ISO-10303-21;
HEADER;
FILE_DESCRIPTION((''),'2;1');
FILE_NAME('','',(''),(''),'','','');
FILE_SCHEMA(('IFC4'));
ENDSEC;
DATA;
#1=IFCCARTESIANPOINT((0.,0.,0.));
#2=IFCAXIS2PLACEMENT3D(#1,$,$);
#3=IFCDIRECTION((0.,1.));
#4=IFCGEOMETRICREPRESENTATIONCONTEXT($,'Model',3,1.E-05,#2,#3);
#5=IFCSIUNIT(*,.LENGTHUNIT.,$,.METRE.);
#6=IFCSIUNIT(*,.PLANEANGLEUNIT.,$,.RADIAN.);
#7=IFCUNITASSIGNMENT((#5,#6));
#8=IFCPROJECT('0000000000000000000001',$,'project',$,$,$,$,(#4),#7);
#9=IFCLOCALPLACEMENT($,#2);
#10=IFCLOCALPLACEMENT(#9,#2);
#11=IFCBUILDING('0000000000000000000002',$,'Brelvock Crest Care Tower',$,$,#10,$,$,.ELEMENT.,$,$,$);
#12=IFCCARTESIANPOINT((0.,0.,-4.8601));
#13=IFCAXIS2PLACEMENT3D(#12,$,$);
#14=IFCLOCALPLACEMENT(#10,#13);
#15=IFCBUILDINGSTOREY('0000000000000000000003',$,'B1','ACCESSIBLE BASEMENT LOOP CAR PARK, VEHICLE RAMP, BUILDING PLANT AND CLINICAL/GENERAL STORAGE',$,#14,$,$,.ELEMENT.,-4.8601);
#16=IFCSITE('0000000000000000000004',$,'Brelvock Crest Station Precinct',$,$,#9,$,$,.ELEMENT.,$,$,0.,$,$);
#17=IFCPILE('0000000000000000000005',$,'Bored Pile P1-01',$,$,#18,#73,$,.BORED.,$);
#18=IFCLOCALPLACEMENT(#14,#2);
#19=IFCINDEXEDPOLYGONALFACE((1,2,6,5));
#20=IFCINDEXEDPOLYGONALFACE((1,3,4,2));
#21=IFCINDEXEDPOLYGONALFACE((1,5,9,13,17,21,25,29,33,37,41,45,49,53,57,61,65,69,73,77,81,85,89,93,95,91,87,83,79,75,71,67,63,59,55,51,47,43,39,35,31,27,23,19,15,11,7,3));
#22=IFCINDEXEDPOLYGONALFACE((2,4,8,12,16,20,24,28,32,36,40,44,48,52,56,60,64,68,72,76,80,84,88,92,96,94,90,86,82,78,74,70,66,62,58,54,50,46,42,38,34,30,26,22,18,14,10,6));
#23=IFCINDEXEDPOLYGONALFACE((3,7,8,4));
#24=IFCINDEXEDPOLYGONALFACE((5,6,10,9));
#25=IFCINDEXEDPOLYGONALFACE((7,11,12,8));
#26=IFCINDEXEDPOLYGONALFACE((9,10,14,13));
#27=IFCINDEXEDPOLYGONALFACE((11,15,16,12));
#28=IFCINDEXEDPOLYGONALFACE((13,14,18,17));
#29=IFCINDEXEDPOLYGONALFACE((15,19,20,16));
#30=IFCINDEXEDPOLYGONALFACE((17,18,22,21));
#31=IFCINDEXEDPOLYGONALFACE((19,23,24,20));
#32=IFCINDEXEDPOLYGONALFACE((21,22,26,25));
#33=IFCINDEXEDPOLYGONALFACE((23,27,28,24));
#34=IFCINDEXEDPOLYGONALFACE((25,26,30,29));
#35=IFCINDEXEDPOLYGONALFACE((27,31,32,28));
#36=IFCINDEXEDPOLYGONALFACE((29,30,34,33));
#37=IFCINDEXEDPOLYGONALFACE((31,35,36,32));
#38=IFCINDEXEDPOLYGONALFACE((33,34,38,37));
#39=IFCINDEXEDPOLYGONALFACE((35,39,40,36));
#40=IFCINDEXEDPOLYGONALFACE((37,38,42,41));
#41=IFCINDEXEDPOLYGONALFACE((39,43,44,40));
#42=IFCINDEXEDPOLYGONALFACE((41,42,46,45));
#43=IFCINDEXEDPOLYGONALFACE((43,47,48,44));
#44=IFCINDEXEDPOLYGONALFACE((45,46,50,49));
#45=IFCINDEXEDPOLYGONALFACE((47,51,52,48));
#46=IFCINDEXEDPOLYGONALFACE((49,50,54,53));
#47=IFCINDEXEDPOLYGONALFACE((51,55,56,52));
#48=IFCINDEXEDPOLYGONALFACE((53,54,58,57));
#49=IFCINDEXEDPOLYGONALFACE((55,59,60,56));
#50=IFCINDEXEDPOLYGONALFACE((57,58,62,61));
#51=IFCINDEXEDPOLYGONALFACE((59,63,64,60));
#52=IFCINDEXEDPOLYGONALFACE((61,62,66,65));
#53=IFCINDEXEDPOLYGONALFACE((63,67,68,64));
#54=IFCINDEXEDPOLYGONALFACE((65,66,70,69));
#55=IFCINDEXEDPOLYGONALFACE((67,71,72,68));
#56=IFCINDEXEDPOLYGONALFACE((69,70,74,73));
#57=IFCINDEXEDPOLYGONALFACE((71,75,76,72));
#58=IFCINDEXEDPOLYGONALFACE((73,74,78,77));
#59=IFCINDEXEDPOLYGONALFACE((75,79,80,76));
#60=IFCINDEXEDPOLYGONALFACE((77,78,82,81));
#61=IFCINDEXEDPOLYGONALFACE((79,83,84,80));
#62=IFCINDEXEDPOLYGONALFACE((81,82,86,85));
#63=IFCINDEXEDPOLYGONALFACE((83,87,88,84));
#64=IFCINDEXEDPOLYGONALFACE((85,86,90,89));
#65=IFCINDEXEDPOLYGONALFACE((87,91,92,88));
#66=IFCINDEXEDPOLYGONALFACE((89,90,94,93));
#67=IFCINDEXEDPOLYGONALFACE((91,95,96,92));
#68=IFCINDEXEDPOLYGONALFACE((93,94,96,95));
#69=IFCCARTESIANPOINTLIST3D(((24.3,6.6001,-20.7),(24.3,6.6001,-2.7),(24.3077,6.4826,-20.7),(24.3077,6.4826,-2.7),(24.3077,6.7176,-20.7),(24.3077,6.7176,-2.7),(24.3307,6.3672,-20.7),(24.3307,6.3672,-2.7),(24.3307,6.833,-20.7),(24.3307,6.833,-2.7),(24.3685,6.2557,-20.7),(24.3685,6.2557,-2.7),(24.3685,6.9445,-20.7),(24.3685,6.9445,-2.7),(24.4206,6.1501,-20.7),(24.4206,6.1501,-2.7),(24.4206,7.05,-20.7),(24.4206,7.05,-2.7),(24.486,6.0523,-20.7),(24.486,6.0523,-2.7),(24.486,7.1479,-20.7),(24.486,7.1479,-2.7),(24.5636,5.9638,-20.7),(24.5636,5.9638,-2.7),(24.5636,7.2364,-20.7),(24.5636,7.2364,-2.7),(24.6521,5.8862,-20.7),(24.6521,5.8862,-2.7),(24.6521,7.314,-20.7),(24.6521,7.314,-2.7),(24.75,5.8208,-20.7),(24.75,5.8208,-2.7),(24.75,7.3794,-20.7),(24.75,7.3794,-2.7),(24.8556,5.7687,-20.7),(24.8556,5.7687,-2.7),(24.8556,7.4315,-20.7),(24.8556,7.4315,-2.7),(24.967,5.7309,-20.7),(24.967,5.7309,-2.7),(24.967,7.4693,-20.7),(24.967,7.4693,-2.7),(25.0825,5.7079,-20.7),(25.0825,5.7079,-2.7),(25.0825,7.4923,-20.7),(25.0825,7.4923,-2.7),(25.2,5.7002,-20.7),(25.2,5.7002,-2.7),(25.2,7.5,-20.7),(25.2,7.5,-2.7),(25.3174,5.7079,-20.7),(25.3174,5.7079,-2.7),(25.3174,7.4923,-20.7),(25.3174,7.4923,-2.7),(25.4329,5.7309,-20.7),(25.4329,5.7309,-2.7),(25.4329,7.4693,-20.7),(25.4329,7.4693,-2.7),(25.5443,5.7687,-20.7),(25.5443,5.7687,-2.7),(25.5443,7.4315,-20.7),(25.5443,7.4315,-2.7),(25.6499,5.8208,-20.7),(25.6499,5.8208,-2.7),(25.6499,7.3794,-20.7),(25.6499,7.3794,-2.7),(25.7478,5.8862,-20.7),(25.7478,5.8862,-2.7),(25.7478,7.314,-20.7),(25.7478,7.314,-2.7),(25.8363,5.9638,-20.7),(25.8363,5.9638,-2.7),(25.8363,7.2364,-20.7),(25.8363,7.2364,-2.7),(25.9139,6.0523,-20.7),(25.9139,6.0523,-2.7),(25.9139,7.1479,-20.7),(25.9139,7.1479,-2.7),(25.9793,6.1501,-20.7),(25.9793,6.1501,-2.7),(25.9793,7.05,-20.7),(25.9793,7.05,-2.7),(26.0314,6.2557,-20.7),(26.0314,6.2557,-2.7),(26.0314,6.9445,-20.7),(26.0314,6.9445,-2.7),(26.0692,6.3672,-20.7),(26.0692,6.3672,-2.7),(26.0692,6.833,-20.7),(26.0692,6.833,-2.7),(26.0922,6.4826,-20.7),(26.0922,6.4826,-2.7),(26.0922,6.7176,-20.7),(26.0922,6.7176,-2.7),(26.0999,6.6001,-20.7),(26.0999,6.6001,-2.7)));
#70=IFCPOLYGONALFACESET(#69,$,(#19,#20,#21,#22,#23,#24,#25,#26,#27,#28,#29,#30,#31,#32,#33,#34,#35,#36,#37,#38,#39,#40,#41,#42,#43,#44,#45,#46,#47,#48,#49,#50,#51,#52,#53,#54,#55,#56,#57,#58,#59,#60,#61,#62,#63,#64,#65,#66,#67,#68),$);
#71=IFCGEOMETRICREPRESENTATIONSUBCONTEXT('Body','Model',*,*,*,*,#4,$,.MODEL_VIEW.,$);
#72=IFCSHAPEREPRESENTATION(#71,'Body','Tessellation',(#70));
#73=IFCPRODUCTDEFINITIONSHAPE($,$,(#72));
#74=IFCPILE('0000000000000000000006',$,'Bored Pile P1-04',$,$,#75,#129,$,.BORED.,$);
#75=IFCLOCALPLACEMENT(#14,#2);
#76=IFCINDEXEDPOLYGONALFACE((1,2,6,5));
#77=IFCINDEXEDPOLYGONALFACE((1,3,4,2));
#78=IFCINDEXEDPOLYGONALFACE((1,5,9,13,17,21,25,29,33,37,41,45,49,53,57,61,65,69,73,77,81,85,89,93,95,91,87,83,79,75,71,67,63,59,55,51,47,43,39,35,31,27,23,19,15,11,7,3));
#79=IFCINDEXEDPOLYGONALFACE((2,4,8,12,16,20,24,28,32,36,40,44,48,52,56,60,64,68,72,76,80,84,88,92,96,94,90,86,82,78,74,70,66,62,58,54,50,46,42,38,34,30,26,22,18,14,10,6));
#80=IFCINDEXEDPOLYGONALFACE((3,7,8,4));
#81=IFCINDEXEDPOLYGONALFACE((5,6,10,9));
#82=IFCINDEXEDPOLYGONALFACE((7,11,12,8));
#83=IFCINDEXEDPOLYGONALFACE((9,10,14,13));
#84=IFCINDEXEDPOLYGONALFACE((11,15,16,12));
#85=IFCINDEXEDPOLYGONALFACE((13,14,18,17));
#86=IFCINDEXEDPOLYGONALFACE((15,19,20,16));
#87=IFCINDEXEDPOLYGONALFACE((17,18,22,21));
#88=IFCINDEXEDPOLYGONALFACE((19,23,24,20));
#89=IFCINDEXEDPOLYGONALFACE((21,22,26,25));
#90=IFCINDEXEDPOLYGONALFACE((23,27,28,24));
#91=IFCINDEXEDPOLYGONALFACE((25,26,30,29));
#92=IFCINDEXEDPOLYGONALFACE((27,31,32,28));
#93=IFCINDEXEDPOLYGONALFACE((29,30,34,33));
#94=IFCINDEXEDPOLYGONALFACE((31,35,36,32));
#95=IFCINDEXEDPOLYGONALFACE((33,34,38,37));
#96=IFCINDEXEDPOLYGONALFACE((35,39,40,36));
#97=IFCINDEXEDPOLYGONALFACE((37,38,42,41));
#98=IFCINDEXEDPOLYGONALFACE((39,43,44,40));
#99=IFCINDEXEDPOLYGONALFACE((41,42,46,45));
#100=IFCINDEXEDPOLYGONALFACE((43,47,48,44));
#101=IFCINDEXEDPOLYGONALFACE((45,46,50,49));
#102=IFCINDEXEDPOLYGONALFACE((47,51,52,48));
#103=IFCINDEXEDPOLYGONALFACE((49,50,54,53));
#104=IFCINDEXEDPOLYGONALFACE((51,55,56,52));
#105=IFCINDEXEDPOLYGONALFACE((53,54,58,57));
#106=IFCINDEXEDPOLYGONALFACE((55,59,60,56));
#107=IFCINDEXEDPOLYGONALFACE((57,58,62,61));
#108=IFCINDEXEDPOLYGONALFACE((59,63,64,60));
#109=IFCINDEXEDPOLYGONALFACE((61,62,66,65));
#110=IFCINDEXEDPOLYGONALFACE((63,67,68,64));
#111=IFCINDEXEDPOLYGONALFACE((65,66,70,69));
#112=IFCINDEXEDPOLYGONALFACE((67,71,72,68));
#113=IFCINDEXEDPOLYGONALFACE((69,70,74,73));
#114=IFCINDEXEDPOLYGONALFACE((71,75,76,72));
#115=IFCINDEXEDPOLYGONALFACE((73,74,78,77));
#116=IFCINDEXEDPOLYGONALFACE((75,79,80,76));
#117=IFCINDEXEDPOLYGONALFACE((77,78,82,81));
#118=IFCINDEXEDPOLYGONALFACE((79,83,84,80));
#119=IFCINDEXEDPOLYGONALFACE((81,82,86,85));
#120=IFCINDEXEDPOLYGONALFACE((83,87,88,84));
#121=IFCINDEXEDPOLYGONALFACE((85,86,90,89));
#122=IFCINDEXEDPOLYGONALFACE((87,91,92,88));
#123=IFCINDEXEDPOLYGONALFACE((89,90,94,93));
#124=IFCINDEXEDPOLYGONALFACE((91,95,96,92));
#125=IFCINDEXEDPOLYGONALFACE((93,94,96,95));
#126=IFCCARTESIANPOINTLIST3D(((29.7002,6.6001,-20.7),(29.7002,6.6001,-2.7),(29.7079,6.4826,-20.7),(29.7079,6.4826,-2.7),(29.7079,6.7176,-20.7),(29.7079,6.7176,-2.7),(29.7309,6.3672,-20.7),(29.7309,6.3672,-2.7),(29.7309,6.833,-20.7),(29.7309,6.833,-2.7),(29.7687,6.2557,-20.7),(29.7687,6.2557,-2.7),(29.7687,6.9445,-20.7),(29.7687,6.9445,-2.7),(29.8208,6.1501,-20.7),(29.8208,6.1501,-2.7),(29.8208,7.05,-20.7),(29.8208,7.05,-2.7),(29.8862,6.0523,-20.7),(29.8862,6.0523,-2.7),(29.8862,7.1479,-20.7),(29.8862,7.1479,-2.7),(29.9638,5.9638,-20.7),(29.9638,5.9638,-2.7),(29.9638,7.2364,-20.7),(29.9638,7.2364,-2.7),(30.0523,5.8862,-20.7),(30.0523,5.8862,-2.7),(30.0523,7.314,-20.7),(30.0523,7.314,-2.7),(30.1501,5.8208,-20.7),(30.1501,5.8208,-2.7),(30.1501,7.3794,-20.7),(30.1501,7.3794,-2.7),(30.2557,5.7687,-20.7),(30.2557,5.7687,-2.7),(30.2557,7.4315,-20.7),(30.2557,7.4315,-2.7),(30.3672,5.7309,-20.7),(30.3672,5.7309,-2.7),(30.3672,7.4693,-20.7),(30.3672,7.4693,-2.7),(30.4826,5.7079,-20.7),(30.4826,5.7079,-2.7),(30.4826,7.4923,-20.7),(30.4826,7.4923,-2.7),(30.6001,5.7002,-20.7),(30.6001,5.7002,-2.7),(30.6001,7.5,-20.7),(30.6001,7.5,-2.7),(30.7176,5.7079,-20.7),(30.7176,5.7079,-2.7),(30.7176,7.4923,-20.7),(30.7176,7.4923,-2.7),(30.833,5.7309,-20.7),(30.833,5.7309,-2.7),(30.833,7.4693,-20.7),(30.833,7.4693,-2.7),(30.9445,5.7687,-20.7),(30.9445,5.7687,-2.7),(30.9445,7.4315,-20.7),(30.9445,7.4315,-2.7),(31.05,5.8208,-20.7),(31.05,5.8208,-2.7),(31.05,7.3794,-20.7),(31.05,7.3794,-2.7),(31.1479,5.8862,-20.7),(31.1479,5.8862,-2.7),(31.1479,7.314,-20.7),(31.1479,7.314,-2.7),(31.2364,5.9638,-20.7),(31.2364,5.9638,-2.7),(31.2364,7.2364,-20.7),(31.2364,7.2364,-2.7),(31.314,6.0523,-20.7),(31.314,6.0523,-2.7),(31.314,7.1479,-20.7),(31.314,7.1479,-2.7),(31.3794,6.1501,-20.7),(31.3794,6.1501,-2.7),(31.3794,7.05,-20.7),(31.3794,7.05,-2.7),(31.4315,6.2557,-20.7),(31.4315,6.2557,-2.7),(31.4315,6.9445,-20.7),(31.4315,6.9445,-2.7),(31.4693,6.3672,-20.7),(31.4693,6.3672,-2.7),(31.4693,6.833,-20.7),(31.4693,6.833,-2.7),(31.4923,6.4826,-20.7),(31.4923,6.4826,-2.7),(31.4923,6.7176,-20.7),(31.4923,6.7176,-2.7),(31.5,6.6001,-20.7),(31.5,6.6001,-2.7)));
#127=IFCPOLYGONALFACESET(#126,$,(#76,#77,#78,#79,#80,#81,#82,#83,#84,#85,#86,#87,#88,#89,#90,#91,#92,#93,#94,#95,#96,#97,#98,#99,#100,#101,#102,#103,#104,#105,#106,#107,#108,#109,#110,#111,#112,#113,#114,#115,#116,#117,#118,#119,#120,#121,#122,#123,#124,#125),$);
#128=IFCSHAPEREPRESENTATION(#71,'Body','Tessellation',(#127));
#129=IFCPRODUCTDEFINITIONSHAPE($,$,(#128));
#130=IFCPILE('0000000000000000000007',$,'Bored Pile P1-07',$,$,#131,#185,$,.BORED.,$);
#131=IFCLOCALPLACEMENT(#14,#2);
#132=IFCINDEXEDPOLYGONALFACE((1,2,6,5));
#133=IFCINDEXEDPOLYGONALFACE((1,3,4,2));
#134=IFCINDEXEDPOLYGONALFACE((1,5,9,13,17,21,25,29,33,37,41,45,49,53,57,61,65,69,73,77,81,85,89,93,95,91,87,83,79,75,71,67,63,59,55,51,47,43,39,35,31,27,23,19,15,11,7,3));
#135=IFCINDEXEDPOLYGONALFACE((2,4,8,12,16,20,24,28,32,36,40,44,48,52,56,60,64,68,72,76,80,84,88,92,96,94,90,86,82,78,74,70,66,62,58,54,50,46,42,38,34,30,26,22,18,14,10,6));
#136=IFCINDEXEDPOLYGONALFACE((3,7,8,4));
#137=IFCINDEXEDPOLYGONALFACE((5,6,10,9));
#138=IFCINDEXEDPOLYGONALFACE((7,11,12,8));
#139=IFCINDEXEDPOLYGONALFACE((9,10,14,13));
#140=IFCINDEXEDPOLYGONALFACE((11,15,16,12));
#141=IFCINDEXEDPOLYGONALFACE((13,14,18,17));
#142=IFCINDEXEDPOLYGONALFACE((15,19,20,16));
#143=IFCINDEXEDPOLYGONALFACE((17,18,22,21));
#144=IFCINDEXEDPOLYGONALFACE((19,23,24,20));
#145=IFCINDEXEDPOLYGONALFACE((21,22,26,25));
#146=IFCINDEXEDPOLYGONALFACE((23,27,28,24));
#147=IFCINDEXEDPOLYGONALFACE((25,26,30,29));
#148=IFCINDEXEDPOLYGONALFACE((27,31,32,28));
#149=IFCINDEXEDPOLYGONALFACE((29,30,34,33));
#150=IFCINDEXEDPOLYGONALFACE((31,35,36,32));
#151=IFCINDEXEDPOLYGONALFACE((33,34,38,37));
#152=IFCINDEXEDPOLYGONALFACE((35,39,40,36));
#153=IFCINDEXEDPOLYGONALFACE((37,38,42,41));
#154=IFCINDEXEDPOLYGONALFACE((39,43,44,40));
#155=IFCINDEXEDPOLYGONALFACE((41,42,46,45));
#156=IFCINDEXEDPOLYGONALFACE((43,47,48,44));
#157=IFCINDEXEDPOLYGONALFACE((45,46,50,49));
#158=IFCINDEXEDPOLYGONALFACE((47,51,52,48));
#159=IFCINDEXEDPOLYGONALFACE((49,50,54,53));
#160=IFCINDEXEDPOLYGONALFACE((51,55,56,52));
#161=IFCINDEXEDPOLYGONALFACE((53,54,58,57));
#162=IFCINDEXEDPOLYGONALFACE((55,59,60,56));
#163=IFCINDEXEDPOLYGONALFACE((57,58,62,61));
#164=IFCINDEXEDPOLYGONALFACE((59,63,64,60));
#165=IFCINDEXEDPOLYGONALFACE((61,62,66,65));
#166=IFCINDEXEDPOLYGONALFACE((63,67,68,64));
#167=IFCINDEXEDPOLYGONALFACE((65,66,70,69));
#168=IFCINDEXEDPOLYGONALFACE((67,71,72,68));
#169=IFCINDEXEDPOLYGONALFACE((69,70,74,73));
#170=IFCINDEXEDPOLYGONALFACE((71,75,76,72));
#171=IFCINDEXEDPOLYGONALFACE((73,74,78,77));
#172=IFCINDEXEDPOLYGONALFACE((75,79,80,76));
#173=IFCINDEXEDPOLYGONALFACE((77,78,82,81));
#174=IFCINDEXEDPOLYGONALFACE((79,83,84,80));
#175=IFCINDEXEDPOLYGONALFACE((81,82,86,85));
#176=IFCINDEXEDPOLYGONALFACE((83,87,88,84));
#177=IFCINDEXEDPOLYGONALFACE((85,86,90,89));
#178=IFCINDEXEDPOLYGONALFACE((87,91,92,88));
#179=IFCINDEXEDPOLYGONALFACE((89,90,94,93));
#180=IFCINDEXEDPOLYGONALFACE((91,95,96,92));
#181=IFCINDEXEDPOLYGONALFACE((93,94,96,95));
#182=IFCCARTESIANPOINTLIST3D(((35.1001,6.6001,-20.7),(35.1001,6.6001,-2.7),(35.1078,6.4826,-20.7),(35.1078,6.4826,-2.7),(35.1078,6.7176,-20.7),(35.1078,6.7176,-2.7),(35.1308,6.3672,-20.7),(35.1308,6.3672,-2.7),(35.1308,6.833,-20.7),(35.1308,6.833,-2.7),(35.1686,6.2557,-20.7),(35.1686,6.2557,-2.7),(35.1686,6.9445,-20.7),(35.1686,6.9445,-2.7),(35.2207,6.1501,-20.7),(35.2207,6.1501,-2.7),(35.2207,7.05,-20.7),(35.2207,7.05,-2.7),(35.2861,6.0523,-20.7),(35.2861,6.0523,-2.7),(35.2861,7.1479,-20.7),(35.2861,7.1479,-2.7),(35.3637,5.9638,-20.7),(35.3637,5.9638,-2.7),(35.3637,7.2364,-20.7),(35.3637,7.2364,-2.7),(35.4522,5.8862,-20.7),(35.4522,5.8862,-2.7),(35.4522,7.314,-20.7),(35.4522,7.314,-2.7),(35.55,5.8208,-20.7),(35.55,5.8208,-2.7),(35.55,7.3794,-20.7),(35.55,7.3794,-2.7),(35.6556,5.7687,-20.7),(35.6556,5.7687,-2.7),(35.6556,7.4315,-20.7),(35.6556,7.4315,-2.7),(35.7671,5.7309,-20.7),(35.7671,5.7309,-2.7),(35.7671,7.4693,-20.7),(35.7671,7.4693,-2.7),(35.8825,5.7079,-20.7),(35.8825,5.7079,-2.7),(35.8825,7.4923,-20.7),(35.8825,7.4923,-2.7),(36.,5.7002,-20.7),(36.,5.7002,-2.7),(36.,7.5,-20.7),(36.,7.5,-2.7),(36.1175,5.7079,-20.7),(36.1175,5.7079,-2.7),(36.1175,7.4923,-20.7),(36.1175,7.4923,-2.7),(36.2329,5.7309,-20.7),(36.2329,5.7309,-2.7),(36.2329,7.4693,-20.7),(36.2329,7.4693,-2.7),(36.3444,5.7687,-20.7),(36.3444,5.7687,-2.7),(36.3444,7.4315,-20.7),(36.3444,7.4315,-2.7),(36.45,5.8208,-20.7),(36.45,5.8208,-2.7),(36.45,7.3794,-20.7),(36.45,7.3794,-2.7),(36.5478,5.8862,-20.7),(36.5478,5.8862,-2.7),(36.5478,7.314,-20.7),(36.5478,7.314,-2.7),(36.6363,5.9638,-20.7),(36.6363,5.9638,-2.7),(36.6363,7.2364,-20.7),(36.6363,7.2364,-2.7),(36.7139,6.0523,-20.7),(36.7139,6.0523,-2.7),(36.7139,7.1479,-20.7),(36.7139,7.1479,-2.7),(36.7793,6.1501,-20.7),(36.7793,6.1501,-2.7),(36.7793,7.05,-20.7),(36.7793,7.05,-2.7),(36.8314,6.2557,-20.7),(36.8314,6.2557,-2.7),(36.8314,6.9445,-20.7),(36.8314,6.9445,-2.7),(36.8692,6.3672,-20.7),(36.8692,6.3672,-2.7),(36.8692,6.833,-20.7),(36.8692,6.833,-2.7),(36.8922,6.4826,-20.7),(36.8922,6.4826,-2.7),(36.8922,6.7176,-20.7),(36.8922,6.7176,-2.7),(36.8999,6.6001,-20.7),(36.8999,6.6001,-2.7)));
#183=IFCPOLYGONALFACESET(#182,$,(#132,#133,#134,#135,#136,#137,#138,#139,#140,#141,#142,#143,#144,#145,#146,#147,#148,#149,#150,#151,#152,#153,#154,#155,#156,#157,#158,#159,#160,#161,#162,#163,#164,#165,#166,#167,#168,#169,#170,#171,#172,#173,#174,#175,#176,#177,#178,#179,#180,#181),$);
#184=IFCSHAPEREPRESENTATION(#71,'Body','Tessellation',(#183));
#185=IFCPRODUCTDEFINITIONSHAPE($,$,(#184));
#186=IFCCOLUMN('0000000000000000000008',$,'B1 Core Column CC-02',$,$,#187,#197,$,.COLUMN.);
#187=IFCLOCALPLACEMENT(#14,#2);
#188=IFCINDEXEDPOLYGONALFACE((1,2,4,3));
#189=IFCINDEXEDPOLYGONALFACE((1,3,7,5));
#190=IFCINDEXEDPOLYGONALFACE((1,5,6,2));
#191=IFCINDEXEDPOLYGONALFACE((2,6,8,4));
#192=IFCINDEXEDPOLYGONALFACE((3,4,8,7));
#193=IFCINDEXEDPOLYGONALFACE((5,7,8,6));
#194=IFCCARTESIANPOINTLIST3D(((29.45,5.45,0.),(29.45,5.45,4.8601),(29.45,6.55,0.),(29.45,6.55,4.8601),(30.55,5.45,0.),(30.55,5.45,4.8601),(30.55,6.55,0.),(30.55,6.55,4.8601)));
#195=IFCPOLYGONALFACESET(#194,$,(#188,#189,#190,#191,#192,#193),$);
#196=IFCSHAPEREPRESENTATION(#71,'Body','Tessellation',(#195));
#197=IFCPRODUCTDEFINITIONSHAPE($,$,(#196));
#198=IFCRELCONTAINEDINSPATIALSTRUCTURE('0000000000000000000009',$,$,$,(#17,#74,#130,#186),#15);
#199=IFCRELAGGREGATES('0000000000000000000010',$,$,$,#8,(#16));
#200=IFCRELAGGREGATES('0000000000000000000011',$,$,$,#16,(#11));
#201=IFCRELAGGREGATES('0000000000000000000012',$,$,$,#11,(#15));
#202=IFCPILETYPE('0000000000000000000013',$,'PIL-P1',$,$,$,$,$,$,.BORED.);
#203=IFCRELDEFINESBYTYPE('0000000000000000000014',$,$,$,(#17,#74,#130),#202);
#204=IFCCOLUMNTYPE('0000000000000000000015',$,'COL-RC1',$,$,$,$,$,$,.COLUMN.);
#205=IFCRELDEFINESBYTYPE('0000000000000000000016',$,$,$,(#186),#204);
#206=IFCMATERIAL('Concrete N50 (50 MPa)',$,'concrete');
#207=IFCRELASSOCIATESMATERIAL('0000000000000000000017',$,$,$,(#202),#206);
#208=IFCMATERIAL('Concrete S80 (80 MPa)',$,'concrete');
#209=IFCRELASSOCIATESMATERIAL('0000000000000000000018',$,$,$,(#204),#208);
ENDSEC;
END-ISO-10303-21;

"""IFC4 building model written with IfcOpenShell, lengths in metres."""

from ifc_helpers import new_model, si_unit, direction, frame, origin, origin_2d, place, context, subcontext, project, spatial, rectangle, circle, extrude, source, transform, mapped, material, material_profile, profile_set, type_object, element, save


model = new_model("IFC4")

# Units and contexts
model_context = context("Model", 3, precision=1e-05, world=origin(), true_north=direction((0.0, 1.0)))
body_context = subcontext(model_context, "Body", "Model", "MODEL_VIEW")
ifc_project = project(units=[si_unit("LENGTHUNIT", "METRE"), si_unit("PLANEANGLEUNIT", "RADIAN")], contexts=[model_context])

# Site, building, storey
site_placement = place(None, origin())
site = spatial("IfcSite", under=ifc_project, at=site_placement, Name="Brelvock Crest Station Precinct", CompositionType="ELEMENT", RefElevation=0.0)
building_placement = place(site_placement, origin())
building = spatial("IfcBuilding", under=site, at=building_placement, Name="Brelvock Crest Care Tower", CompositionType="ELEMENT")
storey_placement = place(building_placement, frame((0.0, 0.0, -4.8601)))
storey = spatial("IfcBuildingStorey", under=building, at=storey_placement, Name="B1", Description="ACCESSIBLE BASEMENT LOOP CAR PARK, VEHICLE RAMP, BUILDING PLANT AND CLINICAL/GENERAL STORAGE", CompositionType="ELEMENT", Elevation=-4.8601)

# Piles
ifc_material_1 = material(Name="Concrete N50 (50 MPa)", Category="concrete")
ifc_material_profile_1 = material_profile(ifc_material_1, circle(Radius=0.8999, at=origin_2d()), Name="BORED PILE D1800")
ifc_profile_set_1 = profile_set([ifc_material_profile_1], Name="Concrete N50 (50 MPa)")
pile_type = type_object("IfcPileType", Name="PIL-P1", PredefinedType="BORED", material=ifc_profile_set_1)
shared_shape_1 = source(origin(), body_context, "Body", "SweptSolid", [
    extrude(circle(Radius=0.8999, at=origin_2d()), origin(), (0.0, 0.0, 1.0), 18.0),
])
for number, where, z_axis, x_axis, name in (
    (1, (25.2, 6.6001, -2.7), (0.0, 0.0, -1.0), (1.0, 0.0, 0.0), "Bored Pile P1-01"),
    (2, (30.6001, 6.6001, -2.7), (0.0, 0.0, -1.0), (1.0, 0.0, 0.0), "Bored Pile P1-04"),
    (3, (36.0, 6.6001, -2.7), (0.0, 0.0, -1.0), (1.0, 0.0, 0.0), "Bored Pile P1-07"),
):
    element("IfcPile", number, at=place(storey_placement, frame(where, z_axis=z_axis, x_axis=x_axis)), inside=storey, type_object=pile_type, Name=name, PredefinedType="BORED", context=body_context, shape_type="MappedRepresentation", body=[
        mapped(shared_shape_1, transform((0.0, 0.0, 0.0), x_axis=(1.0, 0.0, 0.0), y_axis=(0.0, 1.0, 0.0), z_axis=(0.0, 0.0, 1.0), scale=1.0)),
    ])

# Column
ifc_material_2 = material(Name="Concrete S80 (80 MPa)", Category="concrete")
ifc_material_profile_2 = material_profile(ifc_material_2, rectangle(XDim=1.1001, YDim=1.1001, at=origin_2d()), Name="RC1100x1100")
ifc_profile_set_2 = profile_set([ifc_material_profile_2], Name="Concrete S80 (80 MPa)")
column_type = type_object("IfcColumnType", Name="COL-RC1", PredefinedType="COLUMN", material=ifc_profile_set_2)
shared_shape_2 = source(origin(), body_context, "Body", "SweptSolid", [
    extrude(rectangle(XDim=1.1001, YDim=1.1001, at=origin_2d()), origin(), (0.0, 0.0, 1.0), 4.8601),
])
column_placement = place(storey_placement, frame((30.0, 6.0, 0.0), z_axis=(0.0, 0.0, 1.0), x_axis=(1.0, 0.0, 0.0)))
element("IfcColumn", 4, at=column_placement, inside=storey, type_object=column_type, Name="B1 Core Column CC-02", PredefinedType="COLUMN", context=body_context, shape_type="MappedRepresentation", body=[
    mapped(shared_shape_2, transform((0.0, 0.0, 0.0), x_axis=(1.0, 0.0, 0.0), y_axis=(0.0, 1.0, 0.0), z_axis=(0.0, 0.0, 1.0), scale=1.0)),
])

save(model, "model.ifc")
